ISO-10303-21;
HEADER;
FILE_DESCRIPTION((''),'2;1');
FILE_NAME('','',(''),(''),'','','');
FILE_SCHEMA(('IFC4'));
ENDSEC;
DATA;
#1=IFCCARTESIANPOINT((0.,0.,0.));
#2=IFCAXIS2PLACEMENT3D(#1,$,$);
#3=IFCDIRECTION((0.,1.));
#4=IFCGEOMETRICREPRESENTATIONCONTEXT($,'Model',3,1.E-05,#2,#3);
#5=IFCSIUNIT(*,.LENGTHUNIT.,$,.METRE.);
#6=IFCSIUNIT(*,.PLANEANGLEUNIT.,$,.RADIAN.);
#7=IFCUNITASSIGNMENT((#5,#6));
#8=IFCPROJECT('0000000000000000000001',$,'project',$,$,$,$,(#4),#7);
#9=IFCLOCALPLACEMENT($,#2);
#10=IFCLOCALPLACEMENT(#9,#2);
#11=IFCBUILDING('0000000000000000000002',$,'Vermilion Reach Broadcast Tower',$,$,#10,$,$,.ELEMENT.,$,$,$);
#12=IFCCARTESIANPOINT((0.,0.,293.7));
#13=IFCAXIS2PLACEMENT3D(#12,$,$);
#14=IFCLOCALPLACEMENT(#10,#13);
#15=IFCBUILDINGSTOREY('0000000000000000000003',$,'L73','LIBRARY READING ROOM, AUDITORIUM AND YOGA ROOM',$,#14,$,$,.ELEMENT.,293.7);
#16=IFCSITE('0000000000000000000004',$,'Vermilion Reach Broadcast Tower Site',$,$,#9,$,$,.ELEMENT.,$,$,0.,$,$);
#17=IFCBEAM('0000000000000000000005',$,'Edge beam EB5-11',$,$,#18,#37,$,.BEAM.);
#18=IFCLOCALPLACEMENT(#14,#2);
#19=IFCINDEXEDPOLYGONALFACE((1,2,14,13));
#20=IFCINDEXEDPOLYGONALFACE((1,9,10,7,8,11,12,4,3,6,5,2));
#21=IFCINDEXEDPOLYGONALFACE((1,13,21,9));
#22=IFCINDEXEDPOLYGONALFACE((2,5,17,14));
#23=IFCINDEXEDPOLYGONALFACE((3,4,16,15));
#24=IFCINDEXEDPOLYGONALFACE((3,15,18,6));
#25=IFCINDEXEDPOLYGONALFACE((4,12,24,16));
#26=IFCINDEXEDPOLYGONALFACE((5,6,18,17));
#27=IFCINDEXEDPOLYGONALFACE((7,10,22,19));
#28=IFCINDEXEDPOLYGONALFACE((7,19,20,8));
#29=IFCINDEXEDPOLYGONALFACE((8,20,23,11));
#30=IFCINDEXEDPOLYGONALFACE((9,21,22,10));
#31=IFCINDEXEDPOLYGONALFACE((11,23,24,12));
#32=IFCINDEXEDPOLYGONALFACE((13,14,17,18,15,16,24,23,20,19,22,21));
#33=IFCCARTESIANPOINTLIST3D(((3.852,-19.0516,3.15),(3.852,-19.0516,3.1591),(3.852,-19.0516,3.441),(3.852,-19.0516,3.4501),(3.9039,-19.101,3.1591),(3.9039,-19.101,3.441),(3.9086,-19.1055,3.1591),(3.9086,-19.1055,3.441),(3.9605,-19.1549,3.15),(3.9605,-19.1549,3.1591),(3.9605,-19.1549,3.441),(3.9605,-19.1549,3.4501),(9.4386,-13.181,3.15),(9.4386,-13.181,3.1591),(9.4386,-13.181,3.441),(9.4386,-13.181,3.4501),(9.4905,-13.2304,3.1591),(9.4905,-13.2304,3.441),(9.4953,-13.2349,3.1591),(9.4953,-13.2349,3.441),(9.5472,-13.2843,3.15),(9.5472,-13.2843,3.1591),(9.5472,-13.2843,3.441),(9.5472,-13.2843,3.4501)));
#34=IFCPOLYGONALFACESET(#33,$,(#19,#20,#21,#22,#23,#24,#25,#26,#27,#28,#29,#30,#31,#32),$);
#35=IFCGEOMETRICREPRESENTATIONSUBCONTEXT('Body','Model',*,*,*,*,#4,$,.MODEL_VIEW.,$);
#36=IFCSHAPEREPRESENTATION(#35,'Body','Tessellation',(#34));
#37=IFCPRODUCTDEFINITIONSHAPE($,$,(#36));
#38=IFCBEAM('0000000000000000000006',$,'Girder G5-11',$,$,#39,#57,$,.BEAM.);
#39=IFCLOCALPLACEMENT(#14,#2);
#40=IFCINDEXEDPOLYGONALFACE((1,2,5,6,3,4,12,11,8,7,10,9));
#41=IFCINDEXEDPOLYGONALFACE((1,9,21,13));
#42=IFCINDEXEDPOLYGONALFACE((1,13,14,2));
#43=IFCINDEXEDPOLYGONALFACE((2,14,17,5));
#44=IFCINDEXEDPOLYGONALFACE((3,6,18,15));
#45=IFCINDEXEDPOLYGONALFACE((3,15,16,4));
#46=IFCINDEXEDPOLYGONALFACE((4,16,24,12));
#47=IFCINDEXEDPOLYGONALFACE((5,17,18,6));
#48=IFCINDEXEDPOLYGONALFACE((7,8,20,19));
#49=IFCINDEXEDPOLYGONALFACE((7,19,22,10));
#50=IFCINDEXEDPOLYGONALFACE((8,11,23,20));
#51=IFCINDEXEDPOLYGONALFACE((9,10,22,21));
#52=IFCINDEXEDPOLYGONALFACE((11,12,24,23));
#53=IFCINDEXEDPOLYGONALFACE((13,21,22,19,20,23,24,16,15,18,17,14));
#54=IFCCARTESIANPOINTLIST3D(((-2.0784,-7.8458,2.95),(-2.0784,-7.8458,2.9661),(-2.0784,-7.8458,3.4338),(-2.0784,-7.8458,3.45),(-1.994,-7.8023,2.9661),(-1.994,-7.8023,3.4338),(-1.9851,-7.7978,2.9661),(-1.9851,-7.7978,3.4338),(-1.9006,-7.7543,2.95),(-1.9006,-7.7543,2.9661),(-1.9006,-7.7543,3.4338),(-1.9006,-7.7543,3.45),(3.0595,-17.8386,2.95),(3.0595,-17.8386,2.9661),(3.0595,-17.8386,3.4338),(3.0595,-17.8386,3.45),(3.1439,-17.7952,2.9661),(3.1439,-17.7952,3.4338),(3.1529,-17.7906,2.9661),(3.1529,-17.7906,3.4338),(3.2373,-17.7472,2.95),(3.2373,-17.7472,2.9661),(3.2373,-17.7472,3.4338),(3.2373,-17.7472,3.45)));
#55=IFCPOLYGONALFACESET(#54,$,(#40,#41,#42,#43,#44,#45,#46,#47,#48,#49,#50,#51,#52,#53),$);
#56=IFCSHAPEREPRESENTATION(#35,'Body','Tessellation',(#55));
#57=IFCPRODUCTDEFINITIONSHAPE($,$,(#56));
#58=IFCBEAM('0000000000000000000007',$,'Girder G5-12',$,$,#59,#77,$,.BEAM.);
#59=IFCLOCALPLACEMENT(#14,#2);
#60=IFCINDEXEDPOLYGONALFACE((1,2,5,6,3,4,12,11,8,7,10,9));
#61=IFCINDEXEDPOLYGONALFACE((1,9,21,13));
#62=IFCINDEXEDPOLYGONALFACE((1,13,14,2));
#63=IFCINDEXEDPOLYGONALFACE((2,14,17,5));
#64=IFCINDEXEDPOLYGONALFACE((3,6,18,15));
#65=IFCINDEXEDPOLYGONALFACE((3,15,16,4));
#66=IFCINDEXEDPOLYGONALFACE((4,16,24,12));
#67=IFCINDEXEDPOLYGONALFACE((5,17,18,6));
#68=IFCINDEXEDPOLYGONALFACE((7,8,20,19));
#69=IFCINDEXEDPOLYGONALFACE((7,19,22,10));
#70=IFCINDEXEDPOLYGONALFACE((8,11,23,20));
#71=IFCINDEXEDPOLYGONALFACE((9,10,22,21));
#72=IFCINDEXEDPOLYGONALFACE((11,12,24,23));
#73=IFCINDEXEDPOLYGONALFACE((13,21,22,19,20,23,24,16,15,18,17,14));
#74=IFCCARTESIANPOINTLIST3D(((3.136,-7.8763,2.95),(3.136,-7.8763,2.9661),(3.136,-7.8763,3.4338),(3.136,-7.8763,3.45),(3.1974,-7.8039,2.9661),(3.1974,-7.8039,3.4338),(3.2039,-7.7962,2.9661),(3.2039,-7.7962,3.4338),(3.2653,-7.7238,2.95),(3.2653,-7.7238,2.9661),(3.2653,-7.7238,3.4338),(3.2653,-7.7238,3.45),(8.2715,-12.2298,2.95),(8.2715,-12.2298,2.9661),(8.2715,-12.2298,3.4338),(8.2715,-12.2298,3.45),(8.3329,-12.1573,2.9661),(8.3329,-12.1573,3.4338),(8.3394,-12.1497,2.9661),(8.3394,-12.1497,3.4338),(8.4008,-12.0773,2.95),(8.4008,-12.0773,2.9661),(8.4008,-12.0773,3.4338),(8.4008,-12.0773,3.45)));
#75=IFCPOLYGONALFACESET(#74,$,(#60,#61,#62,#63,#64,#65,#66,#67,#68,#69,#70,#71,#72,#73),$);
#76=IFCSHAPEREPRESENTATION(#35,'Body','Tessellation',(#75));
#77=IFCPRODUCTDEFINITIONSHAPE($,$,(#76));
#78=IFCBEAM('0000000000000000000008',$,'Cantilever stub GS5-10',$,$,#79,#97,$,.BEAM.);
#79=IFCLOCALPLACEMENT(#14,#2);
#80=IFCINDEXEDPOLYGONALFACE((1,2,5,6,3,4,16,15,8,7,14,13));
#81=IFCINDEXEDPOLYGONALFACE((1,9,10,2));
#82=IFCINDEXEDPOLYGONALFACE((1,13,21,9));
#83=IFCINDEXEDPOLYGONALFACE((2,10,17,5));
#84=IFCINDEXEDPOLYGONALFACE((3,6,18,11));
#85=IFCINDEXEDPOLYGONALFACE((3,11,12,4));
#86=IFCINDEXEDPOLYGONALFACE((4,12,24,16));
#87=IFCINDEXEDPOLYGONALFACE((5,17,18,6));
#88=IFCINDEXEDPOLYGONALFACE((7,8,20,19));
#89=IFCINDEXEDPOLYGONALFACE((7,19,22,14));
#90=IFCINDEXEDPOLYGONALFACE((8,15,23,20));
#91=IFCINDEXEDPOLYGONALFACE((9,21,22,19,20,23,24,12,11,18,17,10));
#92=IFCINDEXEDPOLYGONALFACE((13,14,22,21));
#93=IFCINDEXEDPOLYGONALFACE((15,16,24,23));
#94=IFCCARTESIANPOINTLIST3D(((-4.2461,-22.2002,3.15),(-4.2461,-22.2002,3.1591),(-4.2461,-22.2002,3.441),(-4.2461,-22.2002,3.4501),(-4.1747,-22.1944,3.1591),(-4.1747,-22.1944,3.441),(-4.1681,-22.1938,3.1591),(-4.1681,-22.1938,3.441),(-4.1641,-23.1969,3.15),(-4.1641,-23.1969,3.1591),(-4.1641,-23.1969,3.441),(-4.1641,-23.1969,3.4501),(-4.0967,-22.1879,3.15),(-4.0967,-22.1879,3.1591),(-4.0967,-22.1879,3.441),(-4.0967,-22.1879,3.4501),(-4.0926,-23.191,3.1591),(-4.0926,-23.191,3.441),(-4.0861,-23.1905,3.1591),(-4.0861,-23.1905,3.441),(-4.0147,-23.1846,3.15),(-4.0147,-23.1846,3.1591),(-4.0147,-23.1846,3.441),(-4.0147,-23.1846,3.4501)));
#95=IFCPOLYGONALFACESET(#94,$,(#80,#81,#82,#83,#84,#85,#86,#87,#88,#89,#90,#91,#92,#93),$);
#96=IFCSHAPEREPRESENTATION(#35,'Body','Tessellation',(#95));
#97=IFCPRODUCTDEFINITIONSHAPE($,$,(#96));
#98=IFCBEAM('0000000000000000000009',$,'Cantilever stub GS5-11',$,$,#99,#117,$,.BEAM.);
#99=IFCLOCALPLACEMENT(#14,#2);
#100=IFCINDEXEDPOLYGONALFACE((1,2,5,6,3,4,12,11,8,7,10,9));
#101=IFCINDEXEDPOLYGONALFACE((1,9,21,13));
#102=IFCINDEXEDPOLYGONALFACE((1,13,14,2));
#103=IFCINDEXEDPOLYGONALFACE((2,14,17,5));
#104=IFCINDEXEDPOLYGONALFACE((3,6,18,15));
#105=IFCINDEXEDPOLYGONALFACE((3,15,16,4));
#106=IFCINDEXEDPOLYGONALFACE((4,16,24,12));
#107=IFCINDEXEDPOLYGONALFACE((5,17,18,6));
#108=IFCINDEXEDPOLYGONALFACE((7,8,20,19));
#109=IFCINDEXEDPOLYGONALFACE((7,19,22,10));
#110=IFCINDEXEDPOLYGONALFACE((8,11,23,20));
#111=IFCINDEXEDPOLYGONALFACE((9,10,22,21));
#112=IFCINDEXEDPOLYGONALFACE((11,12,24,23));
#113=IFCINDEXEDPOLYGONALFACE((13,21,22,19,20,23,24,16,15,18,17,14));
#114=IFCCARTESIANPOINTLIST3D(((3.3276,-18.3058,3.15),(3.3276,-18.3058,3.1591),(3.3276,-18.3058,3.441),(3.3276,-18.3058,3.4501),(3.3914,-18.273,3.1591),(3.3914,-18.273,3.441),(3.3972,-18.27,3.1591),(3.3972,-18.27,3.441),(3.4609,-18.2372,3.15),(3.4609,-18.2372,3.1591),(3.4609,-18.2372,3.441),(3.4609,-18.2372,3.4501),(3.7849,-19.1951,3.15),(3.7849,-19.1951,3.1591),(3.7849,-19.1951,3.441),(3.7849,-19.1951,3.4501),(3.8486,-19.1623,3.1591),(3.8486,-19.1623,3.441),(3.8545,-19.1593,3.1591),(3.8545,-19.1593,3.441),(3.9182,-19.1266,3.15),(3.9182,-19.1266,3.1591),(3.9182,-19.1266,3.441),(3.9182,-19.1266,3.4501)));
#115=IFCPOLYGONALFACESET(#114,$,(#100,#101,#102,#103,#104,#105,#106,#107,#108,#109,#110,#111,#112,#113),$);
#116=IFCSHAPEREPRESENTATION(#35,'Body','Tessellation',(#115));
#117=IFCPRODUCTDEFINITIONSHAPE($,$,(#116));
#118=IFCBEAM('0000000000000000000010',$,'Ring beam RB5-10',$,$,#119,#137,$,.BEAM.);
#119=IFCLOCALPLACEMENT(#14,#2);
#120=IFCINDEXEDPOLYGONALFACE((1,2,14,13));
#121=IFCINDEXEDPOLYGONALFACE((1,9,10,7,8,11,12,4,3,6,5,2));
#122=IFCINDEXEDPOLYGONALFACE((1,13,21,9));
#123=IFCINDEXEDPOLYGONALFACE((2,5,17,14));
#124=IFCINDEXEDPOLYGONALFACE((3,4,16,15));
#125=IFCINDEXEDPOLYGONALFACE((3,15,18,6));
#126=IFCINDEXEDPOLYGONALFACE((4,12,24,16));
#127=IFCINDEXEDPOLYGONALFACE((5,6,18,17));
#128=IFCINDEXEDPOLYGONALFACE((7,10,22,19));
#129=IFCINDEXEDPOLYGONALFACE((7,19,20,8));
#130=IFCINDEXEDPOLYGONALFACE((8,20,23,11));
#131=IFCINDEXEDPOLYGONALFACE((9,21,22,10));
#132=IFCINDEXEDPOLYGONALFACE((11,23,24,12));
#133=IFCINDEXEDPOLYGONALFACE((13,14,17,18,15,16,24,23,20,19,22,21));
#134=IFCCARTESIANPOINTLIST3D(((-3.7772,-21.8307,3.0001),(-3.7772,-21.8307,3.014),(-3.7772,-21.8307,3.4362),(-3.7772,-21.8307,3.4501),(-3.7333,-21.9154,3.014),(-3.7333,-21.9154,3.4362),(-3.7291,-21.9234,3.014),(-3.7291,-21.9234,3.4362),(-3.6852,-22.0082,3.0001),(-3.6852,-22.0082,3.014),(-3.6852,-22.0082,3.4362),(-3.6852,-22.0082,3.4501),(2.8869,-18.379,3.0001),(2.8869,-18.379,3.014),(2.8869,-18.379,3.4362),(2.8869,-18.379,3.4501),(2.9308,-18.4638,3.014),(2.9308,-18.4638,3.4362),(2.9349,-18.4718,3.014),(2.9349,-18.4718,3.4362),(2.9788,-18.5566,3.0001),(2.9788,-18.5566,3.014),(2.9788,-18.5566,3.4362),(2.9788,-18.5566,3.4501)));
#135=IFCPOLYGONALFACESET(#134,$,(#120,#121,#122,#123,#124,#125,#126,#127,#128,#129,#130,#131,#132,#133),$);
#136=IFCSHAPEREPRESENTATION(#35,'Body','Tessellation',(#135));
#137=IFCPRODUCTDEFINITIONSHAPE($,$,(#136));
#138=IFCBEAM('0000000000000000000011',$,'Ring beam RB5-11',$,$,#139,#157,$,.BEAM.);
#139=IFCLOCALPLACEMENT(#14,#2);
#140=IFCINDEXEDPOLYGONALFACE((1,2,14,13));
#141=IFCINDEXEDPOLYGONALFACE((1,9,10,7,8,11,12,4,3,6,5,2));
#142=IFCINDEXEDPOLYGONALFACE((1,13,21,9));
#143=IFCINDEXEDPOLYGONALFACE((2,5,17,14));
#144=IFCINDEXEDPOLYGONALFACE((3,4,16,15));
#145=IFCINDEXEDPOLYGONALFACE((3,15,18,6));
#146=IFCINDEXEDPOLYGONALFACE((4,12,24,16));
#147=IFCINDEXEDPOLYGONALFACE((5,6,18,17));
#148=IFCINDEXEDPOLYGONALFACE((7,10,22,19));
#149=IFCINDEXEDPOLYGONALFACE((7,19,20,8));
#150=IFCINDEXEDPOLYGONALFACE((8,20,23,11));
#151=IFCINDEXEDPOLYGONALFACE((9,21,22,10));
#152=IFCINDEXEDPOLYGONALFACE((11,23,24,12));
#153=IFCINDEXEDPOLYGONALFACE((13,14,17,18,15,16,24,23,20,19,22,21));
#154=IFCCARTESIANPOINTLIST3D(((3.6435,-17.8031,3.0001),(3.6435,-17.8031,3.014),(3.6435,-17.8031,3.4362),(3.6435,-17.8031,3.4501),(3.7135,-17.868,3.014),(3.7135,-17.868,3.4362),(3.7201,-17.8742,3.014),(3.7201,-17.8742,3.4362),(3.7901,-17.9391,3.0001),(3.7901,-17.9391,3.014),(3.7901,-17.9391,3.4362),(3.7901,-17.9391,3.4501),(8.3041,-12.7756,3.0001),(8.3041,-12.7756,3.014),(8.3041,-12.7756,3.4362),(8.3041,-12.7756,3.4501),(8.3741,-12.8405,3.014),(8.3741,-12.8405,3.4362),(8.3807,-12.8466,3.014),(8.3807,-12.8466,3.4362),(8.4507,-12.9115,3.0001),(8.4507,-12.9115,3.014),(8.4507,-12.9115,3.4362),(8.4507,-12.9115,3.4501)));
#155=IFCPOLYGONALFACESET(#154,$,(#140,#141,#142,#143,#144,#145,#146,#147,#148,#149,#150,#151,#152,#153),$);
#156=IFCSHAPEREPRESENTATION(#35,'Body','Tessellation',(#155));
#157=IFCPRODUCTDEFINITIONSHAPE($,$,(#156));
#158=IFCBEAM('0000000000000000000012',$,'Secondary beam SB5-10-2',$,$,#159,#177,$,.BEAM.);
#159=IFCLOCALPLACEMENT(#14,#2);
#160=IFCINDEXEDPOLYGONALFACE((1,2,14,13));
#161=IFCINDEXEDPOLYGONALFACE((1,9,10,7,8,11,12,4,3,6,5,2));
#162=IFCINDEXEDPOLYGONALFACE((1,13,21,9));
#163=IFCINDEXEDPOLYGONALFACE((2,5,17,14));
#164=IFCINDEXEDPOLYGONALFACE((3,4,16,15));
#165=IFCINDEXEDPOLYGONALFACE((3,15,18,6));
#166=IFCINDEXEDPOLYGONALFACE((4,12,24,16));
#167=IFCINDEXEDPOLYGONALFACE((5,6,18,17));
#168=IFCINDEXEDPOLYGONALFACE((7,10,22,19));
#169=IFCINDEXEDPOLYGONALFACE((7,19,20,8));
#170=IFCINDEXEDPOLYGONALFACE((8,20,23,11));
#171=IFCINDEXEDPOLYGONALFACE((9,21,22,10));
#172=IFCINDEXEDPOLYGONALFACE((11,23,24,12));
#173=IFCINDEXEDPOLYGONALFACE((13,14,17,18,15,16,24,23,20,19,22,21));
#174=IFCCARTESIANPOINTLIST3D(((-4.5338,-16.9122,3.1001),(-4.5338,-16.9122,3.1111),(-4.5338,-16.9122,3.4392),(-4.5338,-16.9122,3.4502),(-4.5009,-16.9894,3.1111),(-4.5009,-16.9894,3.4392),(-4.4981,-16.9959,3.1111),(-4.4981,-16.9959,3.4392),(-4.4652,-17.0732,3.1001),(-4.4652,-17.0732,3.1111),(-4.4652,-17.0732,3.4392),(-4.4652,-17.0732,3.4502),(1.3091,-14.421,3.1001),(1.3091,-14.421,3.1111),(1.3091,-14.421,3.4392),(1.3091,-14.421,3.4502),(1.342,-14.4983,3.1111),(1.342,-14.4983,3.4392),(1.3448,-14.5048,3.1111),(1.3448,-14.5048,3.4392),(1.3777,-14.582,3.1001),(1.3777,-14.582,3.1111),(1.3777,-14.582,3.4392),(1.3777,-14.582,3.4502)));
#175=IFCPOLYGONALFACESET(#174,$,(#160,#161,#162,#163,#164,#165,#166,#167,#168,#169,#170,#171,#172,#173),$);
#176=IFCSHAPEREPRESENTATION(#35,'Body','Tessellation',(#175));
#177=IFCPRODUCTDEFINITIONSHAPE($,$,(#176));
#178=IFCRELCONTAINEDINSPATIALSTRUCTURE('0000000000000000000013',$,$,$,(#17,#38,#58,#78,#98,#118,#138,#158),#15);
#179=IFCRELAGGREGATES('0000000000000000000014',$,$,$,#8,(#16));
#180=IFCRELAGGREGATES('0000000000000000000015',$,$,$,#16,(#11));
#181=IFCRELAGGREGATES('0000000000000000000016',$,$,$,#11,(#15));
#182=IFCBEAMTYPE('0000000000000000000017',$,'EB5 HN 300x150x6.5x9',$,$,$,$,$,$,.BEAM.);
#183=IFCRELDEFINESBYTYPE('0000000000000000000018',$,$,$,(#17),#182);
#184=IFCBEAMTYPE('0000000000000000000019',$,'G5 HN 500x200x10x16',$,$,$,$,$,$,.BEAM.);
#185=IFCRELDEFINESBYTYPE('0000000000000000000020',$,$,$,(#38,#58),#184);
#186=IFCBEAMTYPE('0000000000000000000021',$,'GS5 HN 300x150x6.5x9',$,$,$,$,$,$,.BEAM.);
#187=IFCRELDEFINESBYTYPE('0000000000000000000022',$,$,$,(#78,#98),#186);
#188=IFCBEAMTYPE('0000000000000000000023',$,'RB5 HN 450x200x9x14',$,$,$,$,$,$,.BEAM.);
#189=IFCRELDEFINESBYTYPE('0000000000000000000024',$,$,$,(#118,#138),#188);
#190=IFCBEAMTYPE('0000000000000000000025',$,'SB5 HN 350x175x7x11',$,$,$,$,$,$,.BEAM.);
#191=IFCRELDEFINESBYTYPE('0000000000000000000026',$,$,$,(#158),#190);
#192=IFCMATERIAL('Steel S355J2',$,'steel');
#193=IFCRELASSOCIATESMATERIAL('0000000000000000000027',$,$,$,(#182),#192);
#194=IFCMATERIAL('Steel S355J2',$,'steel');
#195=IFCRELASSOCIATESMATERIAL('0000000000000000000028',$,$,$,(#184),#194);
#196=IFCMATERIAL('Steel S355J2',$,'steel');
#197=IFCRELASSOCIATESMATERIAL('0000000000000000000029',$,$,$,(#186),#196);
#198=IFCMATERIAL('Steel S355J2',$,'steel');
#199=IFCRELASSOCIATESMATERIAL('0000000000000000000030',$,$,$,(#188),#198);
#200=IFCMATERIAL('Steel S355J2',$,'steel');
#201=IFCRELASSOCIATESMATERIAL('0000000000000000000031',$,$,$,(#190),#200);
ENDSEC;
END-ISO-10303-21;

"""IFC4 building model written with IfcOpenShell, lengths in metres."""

from ifc_helpers import new_model, si_unit, direction, frame, origin, origin_2d, place, context, subcontext, project, spatial, i_section, extrude, material, material_profile, profile_set, type_object, element, save


model = new_model("IFC4")

# Units and contexts
model_context = context("Model", 3, precision=1e-05, world=origin(), true_north=direction((0.0, 1.0)))
body_context = subcontext(model_context, "Body", "Model", "MODEL_VIEW")
ifc_project = project(units=[si_unit("LENGTHUNIT", "METRE"), si_unit("PLANEANGLEUNIT", "RADIAN")], contexts=[model_context])

# Site, building, storey
site_placement = place(None, origin())
site = spatial("IfcSite", under=ifc_project, at=site_placement, Name="Vermilion Reach Broadcast Tower Site", CompositionType="ELEMENT", RefElevation=0.0)
building_placement = place(site_placement, origin())
building = spatial("IfcBuilding", under=site, at=building_placement, Name="Vermilion Reach Broadcast Tower", CompositionType="ELEMENT")
storey_placement = place(building_placement, frame((0.0, 0.0, 293.7)))
storey = spatial("IfcBuildingStorey", under=building, at=storey_placement, Name="L73", Description="LIBRARY READING ROOM, AUDITORIUM AND YOGA ROOM", CompositionType="ELEMENT", Elevation=293.7)

# Beams
ifc_material_1 = material(Name="Steel S355J2", Category="steel")
ifc_material_profile_1 = material_profile(ifc_material_1, i_section(OverallWidth=0.1499, OverallDepth=0.3, WebThickness=0.0066, FlangeThickness=0.009, at=origin_2d()), Name="S355J2 HN 300x150x6.5x9")
ifc_profile_set_1 = profile_set([ifc_material_profile_1], Name="Steel S355J2")
beam_type_1 = type_object("IfcBeamType", Name="EB5 HN 300x150x6.5x9", PredefinedType="BEAM", material=ifc_profile_set_1)
beam_1_placement = place(storey_placement, frame((3.9062, -19.1033, 3.3), z_axis=(0.689372, 0.724408, 0.0), x_axis=(-0.724408, 0.689372, 0.0)))
element("IfcBeam", 1, at=beam_1_placement, inside=storey, type_object=beam_type_1, Name="Edge beam EB5-11", PredefinedType="BEAM", context=body_context, shape_type="SweptSolid", body=[
    extrude(i_section(OverallWidth=0.1499, OverallDepth=0.3, WebThickness=0.0066, FlangeThickness=0.009, at=origin_2d()), origin(), (0.0, 0.0, 1.0), 8.104),
])
ifc_material_2 = material(Name="Steel S355J2", Category="steel")
ifc_material_profile_2 = material_profile(ifc_material_2, i_section(OverallWidth=0.2, OverallDepth=0.5, WebThickness=0.01, FlangeThickness=0.0161, at=origin_2d()), Name="S355J2 HN 500x200x10x16")
ifc_profile_set_2 = profile_set([ifc_material_profile_2], Name="Steel S355J2")
beam_type_2 = type_object("IfcBeamType", Name="G5 HN 500x200x10x16", PredefinedType="BEAM", material=ifc_profile_set_2)
beam_2_placement = place(storey_placement, frame((-1.9895, -7.8, 3.2), z_axis=(0.457258, -0.889334, 0.0), x_axis=(0.889334, 0.457258, 0.0)))
element("IfcBeam", 2, at=beam_2_placement, inside=storey, type_object=beam_type_2, Name="Girder G5-11", PredefinedType="BEAM", context=body_context, shape_type="SweptSolid", body=[
    extrude(i_section(OverallWidth=0.2, OverallDepth=0.5, WebThickness=0.01, FlangeThickness=0.0161, at=origin_2d()), origin(), (0.0, 0.0, 1.0), 11.2363),
])
beam_3_placement = place(storey_placement, frame((3.2007, -7.8, 3.2), z_axis=(0.762793, -0.646643, 0.0), x_axis=(0.646643, 0.762793, 0.0)))
element("IfcBeam", 3, at=beam_3_placement, inside=storey, type_object=beam_type_2, Name="Girder G5-12", PredefinedType="BEAM", context=body_context, shape_type="SweptSolid", body=[
    extrude(i_section(OverallWidth=0.2, OverallDepth=0.5, WebThickness=0.01, FlangeThickness=0.0161, at=origin_2d()), origin(), (0.0, 0.0, 1.0), 6.7324),
])
ifc_material_3 = material(Name="Steel S355J2", Category="steel")
ifc_material_profile_3 = material_profile(ifc_material_3, i_section(OverallWidth=0.1499, OverallDepth=0.3, WebThickness=0.0066, FlangeThickness=0.009, at=origin_2d()), Name="S355J2 HN 300x150x6.5x9")
ifc_profile_set_3 = profile_set([ifc_material_profile_3], Name="Steel S355J2")
beam_type_3 = type_object("IfcBeamType", Name="GS5 HN 300x150x6.5x9", PredefinedType="BEAM", material=ifc_profile_set_3)
for number, where, z_axis, x_axis, name in (
    (4, (-4.1714, -22.1941, 3.3), (0.082035, -0.996629, 0.0), (0.996629, 0.082035, 0.0), "Cantilever stub GS5-10"),
    (5, (3.3943, -18.2715, 3.3), (0.457243, -0.889342, 0.0), (0.889342, 0.457243, 0.0), "Cantilever stub GS5-11"),
):
    element("IfcBeam", number, at=place(storey_placement, frame(where, z_axis=z_axis, x_axis=x_axis)), inside=storey, type_object=beam_type_3, Name=name, PredefinedType="BEAM", context=body_context, shape_type="SweptSolid", body=[
        extrude(i_section(OverallWidth=0.1499, OverallDepth=0.3, WebThickness=0.0066, FlangeThickness=0.009, at=origin_2d()), origin(), (0.0, 0.0, 1.0), 1.0),
    ])
ifc_material_4 = material(Name="Steel S355J2", Category="steel")
ifc_material_profile_4 = material_profile(ifc_material_4, i_section(OverallWidth=0.2, OverallDepth=0.45, WebThickness=0.009, FlangeThickness=0.0139, at=origin_2d()), Name="S355J2 HN 450x200x9x14")
ifc_profile_set_4 = profile_set([ifc_material_profile_4], Name="Steel S355J2")
beam_type_4 = type_object("IfcBeamType", Name="RB5 HN 450x200x9x14", PredefinedType="BEAM", material=ifc_profile_set_4)
beam_4_placement = place(storey_placement, frame((-3.7312, -21.9194, 3.2251), z_axis=(0.88796, 0.45992, 0.0), x_axis=(-0.45992, 0.88796, 0.0)))
element("IfcBeam", 6, at=beam_4_placement, inside=storey, type_object=beam_type_4, Name="Ring beam RB5-10", PredefinedType="BEAM", context=body_context, shape_type="SweptSolid", body=[
    extrude(i_section(OverallWidth=0.2, OverallDepth=0.45, WebThickness=0.009, FlangeThickness=0.0139, at=origin_2d()), origin(), (0.0, 0.0, 1.0), 7.5049),
])
beam_5_placement = place(storey_placement, frame((3.7168, -17.8711, 3.2251), z_axis=(0.679838, 0.733363, 0.0), x_axis=(-0.733363, 0.679838, 0.0)))
element("IfcBeam", 7, at=beam_5_placement, inside=storey, type_object=beam_type_4, Name="Ring beam RB5-11", PredefinedType="BEAM", context=body_context, shape_type="SweptSolid", body=[
    extrude(i_section(OverallWidth=0.2, OverallDepth=0.45, WebThickness=0.009, FlangeThickness=0.0139, at=origin_2d()), origin(), (0.0, 0.0, 1.0), 6.8555),
])
ifc_material_5 = material(Name="Steel S355J2", Category="steel")
ifc_material_profile_5 = material_profile(ifc_material_5, i_section(OverallWidth=0.175, OverallDepth=0.3501, WebThickness=0.0071, FlangeThickness=0.011, at=origin_2d()), Name="S355J2 HN 350x175x7x11")
ifc_profile_set_5 = profile_set([ifc_material_profile_5], Name="Steel S355J2")
beam_type_5 = type_object("IfcBeamType", Name="SB5 HN 350x175x7x11", PredefinedType="BEAM", material=ifc_profile_set_5)
beam_6_placement = place(storey_placement, frame((-4.4995, -16.9927, 3.2751), z_axis=(0.919881, 0.392198, 0.0), x_axis=(-0.392198, 0.919881, 0.0)))
element("IfcBeam", 8, at=beam_6_placement, inside=storey, type_object=beam_type_5, Name="Secondary beam SB5-10-2", PredefinedType="BEAM", context=body_context, shape_type="SweptSolid", body=[
    extrude(i_section(OverallWidth=0.175, OverallDepth=0.3501, WebThickness=0.0071, FlangeThickness=0.011, at=origin_2d()), origin(), (0.0, 0.0, 1.0), 6.3518),
])

save(model, "model.ifc")
